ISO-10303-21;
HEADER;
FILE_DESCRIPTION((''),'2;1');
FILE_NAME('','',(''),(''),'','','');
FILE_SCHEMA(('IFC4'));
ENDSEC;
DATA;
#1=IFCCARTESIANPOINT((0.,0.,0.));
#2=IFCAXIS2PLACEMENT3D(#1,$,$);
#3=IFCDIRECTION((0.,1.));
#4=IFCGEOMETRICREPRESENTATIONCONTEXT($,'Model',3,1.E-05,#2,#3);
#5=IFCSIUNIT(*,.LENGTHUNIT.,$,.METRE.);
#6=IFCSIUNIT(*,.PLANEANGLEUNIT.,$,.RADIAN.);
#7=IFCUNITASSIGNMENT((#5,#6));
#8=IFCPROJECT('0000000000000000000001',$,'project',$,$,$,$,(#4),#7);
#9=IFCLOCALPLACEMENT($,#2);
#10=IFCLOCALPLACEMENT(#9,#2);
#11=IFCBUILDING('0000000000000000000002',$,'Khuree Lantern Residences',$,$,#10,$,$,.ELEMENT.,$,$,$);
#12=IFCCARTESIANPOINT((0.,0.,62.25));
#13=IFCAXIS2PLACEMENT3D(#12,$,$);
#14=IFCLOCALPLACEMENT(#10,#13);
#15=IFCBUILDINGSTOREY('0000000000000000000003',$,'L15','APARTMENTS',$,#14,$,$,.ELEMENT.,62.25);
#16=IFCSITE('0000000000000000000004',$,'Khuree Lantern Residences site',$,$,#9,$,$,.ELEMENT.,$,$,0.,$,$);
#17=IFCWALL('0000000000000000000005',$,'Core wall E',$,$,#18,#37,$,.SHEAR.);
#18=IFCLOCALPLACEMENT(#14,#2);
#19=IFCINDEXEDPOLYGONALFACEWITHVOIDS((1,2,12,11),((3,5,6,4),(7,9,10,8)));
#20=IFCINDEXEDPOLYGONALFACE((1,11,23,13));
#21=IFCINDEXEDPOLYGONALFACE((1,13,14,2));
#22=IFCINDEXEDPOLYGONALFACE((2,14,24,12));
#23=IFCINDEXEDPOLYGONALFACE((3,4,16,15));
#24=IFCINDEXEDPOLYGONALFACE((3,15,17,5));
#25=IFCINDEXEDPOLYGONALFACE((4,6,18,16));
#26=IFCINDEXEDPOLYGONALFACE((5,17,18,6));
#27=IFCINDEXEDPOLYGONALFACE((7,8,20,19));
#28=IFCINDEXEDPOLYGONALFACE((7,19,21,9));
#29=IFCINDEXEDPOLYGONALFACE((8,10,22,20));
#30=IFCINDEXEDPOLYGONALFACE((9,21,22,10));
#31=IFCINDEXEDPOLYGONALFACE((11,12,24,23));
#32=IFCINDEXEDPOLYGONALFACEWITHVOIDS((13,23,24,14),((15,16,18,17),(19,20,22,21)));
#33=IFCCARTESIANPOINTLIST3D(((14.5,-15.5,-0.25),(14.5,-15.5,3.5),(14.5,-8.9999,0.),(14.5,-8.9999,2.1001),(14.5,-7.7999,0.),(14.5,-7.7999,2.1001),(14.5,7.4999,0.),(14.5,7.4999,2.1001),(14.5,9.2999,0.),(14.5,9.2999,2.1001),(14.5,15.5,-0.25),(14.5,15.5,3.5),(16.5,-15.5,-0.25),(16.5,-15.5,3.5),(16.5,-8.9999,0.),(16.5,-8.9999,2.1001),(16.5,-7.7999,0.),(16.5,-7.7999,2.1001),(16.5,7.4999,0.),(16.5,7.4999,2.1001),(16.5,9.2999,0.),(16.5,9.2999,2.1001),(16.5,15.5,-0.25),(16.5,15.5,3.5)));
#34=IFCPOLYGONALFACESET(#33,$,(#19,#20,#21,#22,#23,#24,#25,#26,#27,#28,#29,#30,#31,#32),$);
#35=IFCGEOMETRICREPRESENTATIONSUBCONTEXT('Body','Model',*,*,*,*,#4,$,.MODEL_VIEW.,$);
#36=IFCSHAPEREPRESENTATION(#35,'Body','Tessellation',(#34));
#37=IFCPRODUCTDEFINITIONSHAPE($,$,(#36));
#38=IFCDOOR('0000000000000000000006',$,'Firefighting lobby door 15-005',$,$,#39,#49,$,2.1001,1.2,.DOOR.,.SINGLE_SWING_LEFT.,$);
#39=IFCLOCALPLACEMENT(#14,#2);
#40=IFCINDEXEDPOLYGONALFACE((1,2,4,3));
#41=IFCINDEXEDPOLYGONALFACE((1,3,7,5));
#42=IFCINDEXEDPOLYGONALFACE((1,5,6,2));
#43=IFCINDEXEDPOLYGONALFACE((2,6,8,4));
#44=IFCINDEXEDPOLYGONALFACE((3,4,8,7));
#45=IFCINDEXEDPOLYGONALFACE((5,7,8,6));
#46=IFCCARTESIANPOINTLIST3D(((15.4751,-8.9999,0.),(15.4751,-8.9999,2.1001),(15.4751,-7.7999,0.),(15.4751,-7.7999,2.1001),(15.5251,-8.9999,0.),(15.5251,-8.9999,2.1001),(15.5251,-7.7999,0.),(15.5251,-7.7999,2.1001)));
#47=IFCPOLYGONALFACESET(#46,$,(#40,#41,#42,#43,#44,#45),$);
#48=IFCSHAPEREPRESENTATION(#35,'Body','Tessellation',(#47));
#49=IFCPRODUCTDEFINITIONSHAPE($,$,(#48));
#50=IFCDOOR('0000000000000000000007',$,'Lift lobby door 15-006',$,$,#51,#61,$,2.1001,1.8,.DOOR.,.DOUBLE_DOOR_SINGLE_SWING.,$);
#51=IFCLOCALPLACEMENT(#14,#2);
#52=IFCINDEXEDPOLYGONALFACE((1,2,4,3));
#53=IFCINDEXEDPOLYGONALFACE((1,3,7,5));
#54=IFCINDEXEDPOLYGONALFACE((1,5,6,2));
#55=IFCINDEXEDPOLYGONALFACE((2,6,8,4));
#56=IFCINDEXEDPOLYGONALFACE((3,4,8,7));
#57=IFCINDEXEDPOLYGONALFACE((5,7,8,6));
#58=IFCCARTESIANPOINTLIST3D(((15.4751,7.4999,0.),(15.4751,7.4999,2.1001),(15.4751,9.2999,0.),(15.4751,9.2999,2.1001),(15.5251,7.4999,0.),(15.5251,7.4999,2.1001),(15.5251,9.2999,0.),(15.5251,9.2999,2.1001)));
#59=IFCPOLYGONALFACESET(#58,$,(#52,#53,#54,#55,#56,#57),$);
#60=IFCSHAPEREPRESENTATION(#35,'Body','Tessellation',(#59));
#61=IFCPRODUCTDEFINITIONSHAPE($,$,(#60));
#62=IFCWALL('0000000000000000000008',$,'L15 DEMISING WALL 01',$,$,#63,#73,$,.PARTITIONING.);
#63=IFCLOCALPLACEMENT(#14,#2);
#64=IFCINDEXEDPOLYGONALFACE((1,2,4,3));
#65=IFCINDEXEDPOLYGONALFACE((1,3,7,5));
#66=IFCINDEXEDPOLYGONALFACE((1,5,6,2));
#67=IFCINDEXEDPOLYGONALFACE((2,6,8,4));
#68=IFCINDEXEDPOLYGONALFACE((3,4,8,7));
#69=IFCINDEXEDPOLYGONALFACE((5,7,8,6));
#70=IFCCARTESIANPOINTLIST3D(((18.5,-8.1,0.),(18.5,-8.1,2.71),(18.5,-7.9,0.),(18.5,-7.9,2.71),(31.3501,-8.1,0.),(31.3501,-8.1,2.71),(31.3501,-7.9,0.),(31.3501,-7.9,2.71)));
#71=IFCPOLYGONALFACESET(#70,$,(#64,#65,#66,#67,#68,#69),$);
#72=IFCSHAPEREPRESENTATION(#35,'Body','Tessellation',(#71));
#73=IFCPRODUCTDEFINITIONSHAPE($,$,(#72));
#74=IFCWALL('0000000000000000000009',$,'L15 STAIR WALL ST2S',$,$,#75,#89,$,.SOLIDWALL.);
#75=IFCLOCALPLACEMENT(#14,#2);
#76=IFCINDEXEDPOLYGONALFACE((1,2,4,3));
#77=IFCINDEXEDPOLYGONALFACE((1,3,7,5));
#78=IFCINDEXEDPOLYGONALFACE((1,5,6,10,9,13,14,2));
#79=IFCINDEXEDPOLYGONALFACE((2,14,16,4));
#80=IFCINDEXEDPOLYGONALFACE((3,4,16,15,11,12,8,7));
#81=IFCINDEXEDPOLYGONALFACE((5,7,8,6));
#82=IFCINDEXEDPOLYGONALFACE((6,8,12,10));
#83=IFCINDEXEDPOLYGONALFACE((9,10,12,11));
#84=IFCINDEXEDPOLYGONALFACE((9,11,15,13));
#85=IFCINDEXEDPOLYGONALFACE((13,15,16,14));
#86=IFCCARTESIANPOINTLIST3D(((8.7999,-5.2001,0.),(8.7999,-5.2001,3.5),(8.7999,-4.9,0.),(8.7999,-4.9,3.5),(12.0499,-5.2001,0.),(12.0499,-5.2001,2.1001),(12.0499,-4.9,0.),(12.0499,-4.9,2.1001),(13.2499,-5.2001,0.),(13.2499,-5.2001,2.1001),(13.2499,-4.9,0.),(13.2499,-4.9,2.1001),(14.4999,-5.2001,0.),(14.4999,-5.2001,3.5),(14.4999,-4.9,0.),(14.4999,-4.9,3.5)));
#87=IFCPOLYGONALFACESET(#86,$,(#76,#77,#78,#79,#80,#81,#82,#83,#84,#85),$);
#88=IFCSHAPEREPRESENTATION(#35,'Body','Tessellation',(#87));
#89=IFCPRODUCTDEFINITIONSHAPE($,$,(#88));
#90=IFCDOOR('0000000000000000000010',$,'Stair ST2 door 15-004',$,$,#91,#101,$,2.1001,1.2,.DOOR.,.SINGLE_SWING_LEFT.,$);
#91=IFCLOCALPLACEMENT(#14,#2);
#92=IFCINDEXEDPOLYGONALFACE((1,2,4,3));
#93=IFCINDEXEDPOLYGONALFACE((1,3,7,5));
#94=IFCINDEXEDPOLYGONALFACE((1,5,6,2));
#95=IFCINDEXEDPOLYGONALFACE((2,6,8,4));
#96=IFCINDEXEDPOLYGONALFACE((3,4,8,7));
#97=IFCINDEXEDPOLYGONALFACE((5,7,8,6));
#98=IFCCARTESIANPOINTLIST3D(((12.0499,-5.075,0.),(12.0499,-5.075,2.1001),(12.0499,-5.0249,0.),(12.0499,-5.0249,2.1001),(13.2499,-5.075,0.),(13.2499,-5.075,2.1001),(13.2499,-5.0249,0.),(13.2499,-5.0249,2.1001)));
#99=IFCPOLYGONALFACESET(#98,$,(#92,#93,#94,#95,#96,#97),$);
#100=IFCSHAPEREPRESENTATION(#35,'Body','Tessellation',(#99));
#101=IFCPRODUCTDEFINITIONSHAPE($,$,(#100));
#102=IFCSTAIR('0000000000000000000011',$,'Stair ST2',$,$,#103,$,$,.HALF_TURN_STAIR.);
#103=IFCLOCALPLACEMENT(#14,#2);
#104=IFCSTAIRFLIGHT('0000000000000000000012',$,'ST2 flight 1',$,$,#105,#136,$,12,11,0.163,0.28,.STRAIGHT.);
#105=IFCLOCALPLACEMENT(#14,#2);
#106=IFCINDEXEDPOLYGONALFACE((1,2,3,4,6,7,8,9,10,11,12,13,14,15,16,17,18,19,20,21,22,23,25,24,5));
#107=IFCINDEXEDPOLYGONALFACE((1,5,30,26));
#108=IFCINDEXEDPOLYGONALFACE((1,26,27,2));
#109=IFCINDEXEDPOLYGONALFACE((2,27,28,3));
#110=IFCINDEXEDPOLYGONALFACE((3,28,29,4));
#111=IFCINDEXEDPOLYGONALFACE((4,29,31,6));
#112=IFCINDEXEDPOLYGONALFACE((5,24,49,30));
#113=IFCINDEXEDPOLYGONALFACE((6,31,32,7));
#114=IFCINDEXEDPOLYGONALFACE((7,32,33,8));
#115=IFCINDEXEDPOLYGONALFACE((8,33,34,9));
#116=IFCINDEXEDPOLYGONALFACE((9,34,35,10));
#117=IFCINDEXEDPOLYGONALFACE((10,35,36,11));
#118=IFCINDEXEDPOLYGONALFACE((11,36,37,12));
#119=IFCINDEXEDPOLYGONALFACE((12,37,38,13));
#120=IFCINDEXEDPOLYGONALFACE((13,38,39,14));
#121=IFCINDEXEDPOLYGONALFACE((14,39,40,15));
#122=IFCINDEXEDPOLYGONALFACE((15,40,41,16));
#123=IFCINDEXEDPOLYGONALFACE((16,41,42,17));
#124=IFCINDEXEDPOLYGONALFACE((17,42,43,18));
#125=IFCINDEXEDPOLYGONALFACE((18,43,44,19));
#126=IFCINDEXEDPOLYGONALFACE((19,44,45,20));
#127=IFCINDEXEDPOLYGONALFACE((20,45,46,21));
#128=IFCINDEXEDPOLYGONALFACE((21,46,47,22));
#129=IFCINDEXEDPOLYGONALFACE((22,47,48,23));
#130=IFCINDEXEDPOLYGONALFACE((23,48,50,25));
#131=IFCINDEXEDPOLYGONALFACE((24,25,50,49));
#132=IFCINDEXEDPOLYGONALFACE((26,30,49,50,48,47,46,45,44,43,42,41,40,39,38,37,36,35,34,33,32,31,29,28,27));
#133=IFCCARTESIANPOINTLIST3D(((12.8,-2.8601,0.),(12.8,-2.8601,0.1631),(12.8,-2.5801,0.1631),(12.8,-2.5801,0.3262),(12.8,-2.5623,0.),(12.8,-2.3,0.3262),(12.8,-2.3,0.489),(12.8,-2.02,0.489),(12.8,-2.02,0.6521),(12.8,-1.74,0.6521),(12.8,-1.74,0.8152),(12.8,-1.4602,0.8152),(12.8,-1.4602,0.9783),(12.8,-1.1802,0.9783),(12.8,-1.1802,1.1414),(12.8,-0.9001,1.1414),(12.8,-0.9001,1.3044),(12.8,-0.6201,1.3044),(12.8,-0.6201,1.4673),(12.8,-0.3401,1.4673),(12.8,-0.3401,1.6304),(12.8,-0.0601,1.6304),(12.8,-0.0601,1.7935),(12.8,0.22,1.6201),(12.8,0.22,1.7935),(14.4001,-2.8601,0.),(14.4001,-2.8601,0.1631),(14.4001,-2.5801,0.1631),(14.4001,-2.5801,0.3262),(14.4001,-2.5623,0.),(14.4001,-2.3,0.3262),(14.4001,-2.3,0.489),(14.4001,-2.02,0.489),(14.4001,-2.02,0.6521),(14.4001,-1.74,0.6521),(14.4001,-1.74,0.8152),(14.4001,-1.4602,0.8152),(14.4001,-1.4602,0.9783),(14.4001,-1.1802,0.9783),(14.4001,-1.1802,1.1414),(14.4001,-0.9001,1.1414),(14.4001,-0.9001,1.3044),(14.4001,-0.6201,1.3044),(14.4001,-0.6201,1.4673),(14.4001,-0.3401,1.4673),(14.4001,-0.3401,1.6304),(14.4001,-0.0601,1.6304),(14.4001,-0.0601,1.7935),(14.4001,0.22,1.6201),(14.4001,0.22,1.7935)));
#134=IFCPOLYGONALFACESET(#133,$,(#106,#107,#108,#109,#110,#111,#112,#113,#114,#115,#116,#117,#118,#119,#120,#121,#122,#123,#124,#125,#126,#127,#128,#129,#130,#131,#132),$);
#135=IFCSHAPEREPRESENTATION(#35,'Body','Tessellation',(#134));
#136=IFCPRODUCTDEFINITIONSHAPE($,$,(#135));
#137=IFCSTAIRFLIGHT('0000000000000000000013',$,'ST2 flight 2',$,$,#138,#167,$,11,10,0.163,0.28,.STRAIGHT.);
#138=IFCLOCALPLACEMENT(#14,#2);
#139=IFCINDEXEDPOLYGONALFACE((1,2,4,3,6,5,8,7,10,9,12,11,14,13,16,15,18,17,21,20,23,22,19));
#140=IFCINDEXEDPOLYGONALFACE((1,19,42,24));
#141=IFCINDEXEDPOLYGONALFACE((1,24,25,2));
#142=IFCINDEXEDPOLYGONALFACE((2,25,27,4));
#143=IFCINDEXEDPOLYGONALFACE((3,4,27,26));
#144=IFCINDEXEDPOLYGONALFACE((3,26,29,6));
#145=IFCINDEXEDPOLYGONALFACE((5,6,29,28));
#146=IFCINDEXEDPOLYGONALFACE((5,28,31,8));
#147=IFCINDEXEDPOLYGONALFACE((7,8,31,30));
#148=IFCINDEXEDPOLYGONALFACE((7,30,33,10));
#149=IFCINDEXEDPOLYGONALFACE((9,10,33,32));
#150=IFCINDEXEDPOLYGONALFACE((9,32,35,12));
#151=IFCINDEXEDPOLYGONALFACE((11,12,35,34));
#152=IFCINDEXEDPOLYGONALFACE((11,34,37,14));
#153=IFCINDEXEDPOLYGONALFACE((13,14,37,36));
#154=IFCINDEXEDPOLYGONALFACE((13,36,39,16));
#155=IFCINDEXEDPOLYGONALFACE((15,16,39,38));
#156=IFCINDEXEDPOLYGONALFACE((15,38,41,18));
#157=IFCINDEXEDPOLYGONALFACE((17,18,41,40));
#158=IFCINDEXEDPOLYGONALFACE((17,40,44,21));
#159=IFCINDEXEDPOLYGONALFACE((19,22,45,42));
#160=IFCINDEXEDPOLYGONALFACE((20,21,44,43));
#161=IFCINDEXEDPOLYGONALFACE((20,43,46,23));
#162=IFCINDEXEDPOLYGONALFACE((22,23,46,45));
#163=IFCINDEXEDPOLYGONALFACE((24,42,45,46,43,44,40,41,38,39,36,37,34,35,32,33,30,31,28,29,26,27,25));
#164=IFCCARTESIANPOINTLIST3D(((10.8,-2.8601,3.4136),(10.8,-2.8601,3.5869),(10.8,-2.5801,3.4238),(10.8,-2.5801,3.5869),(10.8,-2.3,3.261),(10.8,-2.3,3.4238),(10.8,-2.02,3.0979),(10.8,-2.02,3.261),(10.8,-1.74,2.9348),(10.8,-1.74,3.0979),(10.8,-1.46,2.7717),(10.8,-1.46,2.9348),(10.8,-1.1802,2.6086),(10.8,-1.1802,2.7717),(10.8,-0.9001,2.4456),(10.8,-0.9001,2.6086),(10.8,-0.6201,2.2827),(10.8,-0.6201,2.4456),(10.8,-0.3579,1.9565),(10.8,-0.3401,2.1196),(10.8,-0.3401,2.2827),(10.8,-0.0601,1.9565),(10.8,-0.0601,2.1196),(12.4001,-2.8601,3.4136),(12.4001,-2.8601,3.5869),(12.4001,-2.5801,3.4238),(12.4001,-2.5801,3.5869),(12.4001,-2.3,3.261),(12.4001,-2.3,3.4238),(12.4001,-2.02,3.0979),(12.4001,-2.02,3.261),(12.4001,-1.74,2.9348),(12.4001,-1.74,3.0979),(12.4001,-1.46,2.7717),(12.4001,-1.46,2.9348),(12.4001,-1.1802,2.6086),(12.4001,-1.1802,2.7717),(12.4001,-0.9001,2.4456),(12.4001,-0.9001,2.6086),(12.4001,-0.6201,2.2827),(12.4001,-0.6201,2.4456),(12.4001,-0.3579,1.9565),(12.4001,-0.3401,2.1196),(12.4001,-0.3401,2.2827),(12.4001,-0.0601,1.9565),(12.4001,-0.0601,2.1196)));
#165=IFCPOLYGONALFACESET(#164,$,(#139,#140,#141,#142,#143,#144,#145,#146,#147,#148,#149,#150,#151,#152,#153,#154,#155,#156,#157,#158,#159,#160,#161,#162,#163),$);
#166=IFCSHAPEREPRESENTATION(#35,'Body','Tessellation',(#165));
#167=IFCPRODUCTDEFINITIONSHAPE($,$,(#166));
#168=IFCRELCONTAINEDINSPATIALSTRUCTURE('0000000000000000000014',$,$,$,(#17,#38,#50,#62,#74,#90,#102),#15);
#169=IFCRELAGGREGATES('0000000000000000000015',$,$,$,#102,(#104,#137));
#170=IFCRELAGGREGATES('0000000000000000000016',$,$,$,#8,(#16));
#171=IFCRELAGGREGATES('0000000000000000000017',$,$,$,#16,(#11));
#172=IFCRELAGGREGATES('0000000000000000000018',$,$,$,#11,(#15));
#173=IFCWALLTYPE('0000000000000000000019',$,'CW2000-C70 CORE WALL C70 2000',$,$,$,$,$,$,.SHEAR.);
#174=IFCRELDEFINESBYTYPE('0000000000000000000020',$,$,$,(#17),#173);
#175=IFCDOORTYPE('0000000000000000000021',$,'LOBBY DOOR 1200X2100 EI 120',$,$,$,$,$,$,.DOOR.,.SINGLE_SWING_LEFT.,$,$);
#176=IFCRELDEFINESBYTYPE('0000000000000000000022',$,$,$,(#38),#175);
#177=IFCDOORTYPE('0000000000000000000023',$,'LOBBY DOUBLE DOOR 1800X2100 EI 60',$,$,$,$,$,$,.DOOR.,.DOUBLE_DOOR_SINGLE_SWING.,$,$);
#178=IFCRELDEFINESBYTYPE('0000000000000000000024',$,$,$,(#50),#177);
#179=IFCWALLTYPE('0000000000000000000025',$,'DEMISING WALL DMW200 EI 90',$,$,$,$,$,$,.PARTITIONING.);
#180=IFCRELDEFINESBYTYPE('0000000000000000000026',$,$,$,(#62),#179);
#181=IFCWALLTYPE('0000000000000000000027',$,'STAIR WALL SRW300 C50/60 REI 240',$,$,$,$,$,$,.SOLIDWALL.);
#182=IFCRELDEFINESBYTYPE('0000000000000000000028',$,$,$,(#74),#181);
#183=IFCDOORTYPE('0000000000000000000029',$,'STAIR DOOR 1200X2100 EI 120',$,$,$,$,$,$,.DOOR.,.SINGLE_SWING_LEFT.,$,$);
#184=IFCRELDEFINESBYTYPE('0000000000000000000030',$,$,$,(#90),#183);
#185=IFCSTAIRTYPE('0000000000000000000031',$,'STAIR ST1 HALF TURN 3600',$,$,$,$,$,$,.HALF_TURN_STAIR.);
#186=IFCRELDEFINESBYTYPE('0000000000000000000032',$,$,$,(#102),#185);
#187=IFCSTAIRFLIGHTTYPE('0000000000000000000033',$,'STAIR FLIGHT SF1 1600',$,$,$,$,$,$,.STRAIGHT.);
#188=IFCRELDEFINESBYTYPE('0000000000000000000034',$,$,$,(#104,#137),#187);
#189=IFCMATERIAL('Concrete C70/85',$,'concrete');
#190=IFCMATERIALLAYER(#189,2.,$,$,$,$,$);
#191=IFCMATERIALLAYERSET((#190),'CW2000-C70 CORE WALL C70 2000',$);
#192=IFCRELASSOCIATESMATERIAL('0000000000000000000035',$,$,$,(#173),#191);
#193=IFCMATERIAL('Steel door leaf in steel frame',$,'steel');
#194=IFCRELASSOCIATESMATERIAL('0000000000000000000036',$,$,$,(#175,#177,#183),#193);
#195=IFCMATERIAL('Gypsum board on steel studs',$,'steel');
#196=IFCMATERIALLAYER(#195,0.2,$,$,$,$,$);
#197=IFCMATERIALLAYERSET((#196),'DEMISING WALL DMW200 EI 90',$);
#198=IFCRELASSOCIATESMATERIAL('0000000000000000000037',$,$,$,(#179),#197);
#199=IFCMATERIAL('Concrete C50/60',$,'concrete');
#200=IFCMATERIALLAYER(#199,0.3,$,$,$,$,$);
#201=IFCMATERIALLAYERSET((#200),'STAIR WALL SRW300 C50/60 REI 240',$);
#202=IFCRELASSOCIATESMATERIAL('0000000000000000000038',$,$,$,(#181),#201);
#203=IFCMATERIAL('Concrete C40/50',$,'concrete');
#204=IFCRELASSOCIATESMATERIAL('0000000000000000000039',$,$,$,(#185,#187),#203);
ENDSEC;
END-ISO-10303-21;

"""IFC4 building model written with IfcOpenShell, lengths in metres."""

from ifc_helpers import new_model, si_unit, direction, frame, frame_2d, origin, place, context, subcontext, project, spatial, polyline, rectangle, outline, extrude, material, layer, layer_set, type_object, element, fill, aggregate, save


model = new_model("IFC4")

# Units and contexts
model_context = context("Model", 3, precision=1e-05, world=origin(), true_north=direction((0.0, 1.0)))
body_context = subcontext(model_context, "Body", "Model", "MODEL_VIEW")
ifc_project = project(units=[si_unit("LENGTHUNIT", "METRE"), si_unit("PLANEANGLEUNIT", "RADIAN")], contexts=[model_context])

# Site, building, storey
site_placement = place(None, origin())
site = spatial("IfcSite", under=ifc_project, at=site_placement, Name="Khuree Lantern Residences site", CompositionType="ELEMENT", RefElevation=0.0)
building_placement = place(site_placement, origin())
building = spatial("IfcBuilding", under=site, at=building_placement, Name="Khuree Lantern Residences", CompositionType="ELEMENT")
storey_placement = place(building_placement, frame((0.0, 0.0, 62.25)))
storey = spatial("IfcBuildingStorey", under=building, at=storey_placement, Name="L15", Description="APARTMENTS", CompositionType="ELEMENT", Elevation=62.25)

# Shared definitions
ifc_material_1 = material(Name="Concrete C70/85", Category="concrete")

# Shared definitions
ifc_material_2 = material(Name="Gypsum board on steel studs", Category="steel")

# Wall, openings, doors
ifc_layer_1 = layer(ifc_material_1, 2.0)
ifc_layer_set_1 = layer_set([ifc_layer_1], Name="CW2000-C70 CORE WALL C70 2000")
wall_type_1 = type_object("IfcWallType", Name="CW2000-C70 CORE WALL C70 2000", PredefinedType="SHEAR", material=ifc_layer_set_1)
wall_1_placement = place(storey_placement, frame((15.5, -15.5, -0.25), z_axis=(0.0, 0.0, 1.0), x_axis=(0.0, 1.0, 0.0)))
wall_1 = element("IfcWall", 1, at=wall_1_placement, inside=storey, type_object=wall_type_1, Name="Core wall E", PredefinedType="SHEAR", context=body_context, shape_type="SweptSolid", body=[
    extrude(rectangle(XDim=31.0, YDim=2.0, at=frame_2d((15.5, 0.0))), origin(), (0.0, 0.0, 1.0), 3.75),
])
opening_1_placement = place(wall_1_placement, frame((6.5, 0.0, 0.25)))
opening_1 = element("IfcOpeningElement", 2, at=opening_1_placement, cuts=wall_1, PredefinedType="OPENING", context=body_context, shape_type="SweptSolid", body=[
    extrude(rectangle(XDim=1.2, YDim=2.1001, at=frame_2d((0.6001, 1.05))), frame((0.0, 1.01, 0.0), z_axis=(0.0, -1.0, 0.0), x_axis=(1.0, 0.0, 0.0)), (0.0, 0.0, 1.0), 2.02),
])
opening_2_placement = place(wall_1_placement, frame((23.0, 0.0, 0.25)))
opening_2 = element("IfcOpeningElement", 3, at=opening_2_placement, cuts=wall_1, PredefinedType="OPENING", context=body_context, shape_type="SweptSolid", body=[
    extrude(rectangle(XDim=1.8, YDim=2.1001, at=frame_2d((0.8999, 1.05))), frame((0.0, 1.01, 0.0), z_axis=(0.0, -1.0, 0.0), x_axis=(1.0, 0.0, 0.0)), (0.0, 0.0, 1.0), 2.02),
])
ifc_material_3 = material(Name="Steel door leaf in steel frame", Category="steel")
door_type_1 = type_object("IfcDoorType", Name="LOBBY DOOR 1200X2100 EI 120", OperationType="SINGLE_SWING_LEFT", PredefinedType="DOOR", material=ifc_material_3)
door_1_placement = place(opening_1_placement, origin())
door_1 = element("IfcDoor", 4, at=door_1_placement, inside=storey, type_object=door_type_1, Name="Firefighting lobby door 15-005", OperationType="SINGLE_SWING_LEFT", OverallHeight=2.1001, OverallWidth=1.2, PredefinedType="DOOR", context=body_context, shape_type="SweptSolid", body=[
    extrude(rectangle(XDim=1.2, YDim=2.1001, at=frame_2d((0.6001, 1.05))), frame((0.0, 0.0249, 0.0), z_axis=(0.0, -1.0, 0.0), x_axis=(1.0, 0.0, 0.0)), (0.0, 0.0, 1.0), 0.05),
])
fill(opening_1, door_1)
door_type_2 = type_object("IfcDoorType", Name="LOBBY DOUBLE DOOR 1800X2100 EI 60", OperationType="DOUBLE_DOOR_SINGLE_SWING", PredefinedType="DOOR", material=ifc_material_3)
door_2_placement = place(opening_2_placement, origin())
door_2 = element("IfcDoor", 5, at=door_2_placement, inside=storey, type_object=door_type_2, Name="Lift lobby door 15-006", OperationType="DOUBLE_DOOR_SINGLE_SWING", OverallHeight=2.1001, OverallWidth=1.8, PredefinedType="DOOR", context=body_context, shape_type="SweptSolid", body=[
    extrude(rectangle(XDim=1.8, YDim=2.1001, at=frame_2d((0.8999, 1.05))), frame((0.0, 0.0249, 0.0), z_axis=(0.0, -1.0, 0.0), x_axis=(1.0, 0.0, 0.0)), (0.0, 0.0, 1.0), 0.05),
])
fill(opening_2, door_2)

# Wall
ifc_layer_2 = layer(ifc_material_2, 0.2)
ifc_layer_set_2 = layer_set([ifc_layer_2], Name="DEMISING WALL DMW200 EI 90")
wall_type_2 = type_object("IfcWallType", Name="DEMISING WALL DMW200 EI 90", PredefinedType="PARTITIONING", material=ifc_layer_set_2)
wall_2_placement = place(storey_placement, frame((18.5, -8.0, 0.0), z_axis=(0.0, 0.0, 1.0), x_axis=(1.0, 0.0, 0.0)))
element("IfcWall", 6, at=wall_2_placement, inside=storey, type_object=wall_type_2, Name="L15 DEMISING WALL 01", PredefinedType="PARTITIONING", context=body_context, shape_type="SweptSolid", body=[
    extrude(rectangle(XDim=12.8501, YDim=0.2, at=frame_2d((6.425, 0.0))), origin(), (0.0, 0.0, 1.0), 2.71),
])

# Wall, opening, door
ifc_material_4 = material(Name="Concrete C50/60", Category="concrete")
ifc_layer_3 = layer(ifc_material_4, 0.3)
ifc_layer_set_3 = layer_set([ifc_layer_3], Name="STAIR WALL SRW300 C50/60 REI 240")
wall_type_3 = type_object("IfcWallType", Name="STAIR WALL SRW300 C50/60 REI 240", PredefinedType="SOLIDWALL", material=ifc_layer_set_3)
wall_3_placement = place(storey_placement, frame((14.5, -5.05, 0.0), z_axis=(0.0, 0.0, 1.0), x_axis=(-1.0, 0.0, 0.0)))
wall_3 = element("IfcWall", 7, at=wall_3_placement, inside=storey, type_object=wall_type_3, Name="L15 STAIR WALL ST2S", PredefinedType="SOLIDWALL", context=body_context, shape_type="SweptSolid", body=[
    extrude(rectangle(XDim=5.7, YDim=0.3, at=frame_2d((2.8501, 0.0))), origin(), (0.0, 0.0, 1.0), 3.5),
])
opening_3_placement = place(wall_3_placement, frame((1.25, 0.0, 0.0)))
opening_3 = element("IfcOpeningElement", 8, at=opening_3_placement, cuts=wall_3, PredefinedType="OPENING", context=body_context, shape_type="SweptSolid", body=[
    extrude(rectangle(XDim=1.2, YDim=2.1001, at=frame_2d((0.6001, 1.05))), frame((0.0, 0.1602, 0.0), z_axis=(0.0, -1.0, 0.0), x_axis=(1.0, 0.0, 0.0)), (0.0, 0.0, 1.0), 0.3201),
])
door_type_3 = type_object("IfcDoorType", Name="STAIR DOOR 1200X2100 EI 120", OperationType="SINGLE_SWING_LEFT", PredefinedType="DOOR", material=ifc_material_3)
door_3_placement = place(opening_3_placement, origin())
door_3 = element("IfcDoor", 9, at=door_3_placement, inside=storey, type_object=door_type_3, Name="Stair ST2 door 15-004", OperationType="SINGLE_SWING_LEFT", OverallHeight=2.1001, OverallWidth=1.2, PredefinedType="DOOR", context=body_context, shape_type="SweptSolid", body=[
    extrude(rectangle(XDim=1.2, YDim=2.1001, at=frame_2d((0.6001, 1.05))), frame((0.0, 0.0249, 0.0), z_axis=(0.0, -1.0, 0.0), x_axis=(1.0, 0.0, 0.0)), (0.0, 0.0, 1.0), 0.05),
])
fill(opening_3, door_3)

# Stair, stair flights
ifc_material_5 = material(Name="Concrete C40/50", Category="concrete")
stair_type = type_object("IfcStairType", Name="STAIR ST1 HALF TURN 3600", PredefinedType="HALF_TURN_STAIR", material=ifc_material_5)
stair_placement = place(storey_placement, origin())
stair = element("IfcStair", 10, at=stair_placement, inside=storey, type_object=stair_type, Name="Stair ST2", PredefinedType="HALF_TURN_STAIR")
stair_flight_type = type_object("IfcStairFlightType", Name="STAIR FLIGHT SF1 1600", PredefinedType="STRAIGHT", material=ifc_material_5)
stair_flight_1_placement = place(storey_placement, frame((13.6001, -2.8601, 0.0), z_axis=(0.0, 0.0, 1.0), x_axis=(0.0, 1.0, 0.0)))
stair_flight_1 = element("IfcStairFlight", 11, at=stair_flight_1_placement, type_object=stair_flight_type, Name="ST2 flight 1", NumberOfRisers=12, NumberOfTreads=11, PredefinedType="STRAIGHT", RiserHeight=0.163, TreadLength=0.28, context=body_context, shape_type="SweptSolid", body=[
    extrude(outline(polyline([(0.0, 0.0), (0.0, 0.1631), (0.28, 0.1631), (0.28, 0.3262), (0.5601, 0.3262), (0.5601, 0.489), (0.8401, 0.489), (0.8401, 0.6521), (1.1201, 0.6521), (1.1201, 0.8152), (1.3999, 0.8152), (1.3999, 0.9783), (1.6799, 0.9783), (1.6799, 1.1414), (1.96, 1.1414), (1.96, 1.3044), (2.24, 1.3044), (2.24, 1.4673), (2.52, 1.4673), (2.52, 1.6304), (2.8, 1.6304), (2.8, 1.7935), (3.0801, 1.7935), (3.0801, 1.9565), (3.0801, 1.6201), (0.2979, 0.0), (0.0, 0.0)])), frame((0.0, 0.8, 0.0), z_axis=(0.0, -1.0, 0.0), x_axis=(1.0, 0.0, 0.0)), (0.0, 0.0, 1.0), 1.6001),
])
stair_flight_2_placement = place(storey_placement, frame((11.6001, -0.0601, 1.9565), z_axis=(0.0, 0.0, 1.0), x_axis=(0.0, -1.0, 0.0)))
stair_flight_2 = element("IfcStairFlight", 12, at=stair_flight_2_placement, type_object=stair_flight_type, Name="ST2 flight 2", NumberOfRisers=11, NumberOfTreads=10, PredefinedType="STRAIGHT", RiserHeight=0.163, TreadLength=0.28, context=body_context, shape_type="SweptSolid", body=[
    extrude(outline(polyline([(0.0, 0.0), (0.0, 0.1631), (0.28, 0.1631), (0.28, 0.3262), (0.5601, 0.3262), (0.5601, 0.489), (0.8401, 0.489), (0.8401, 0.6521), (1.1201, 0.6521), (1.1201, 0.8152), (1.3999, 0.8152), (1.3999, 0.9783), (1.6799, 0.9783), (1.6799, 1.1414), (1.96, 1.1414), (1.96, 1.3044), (2.24, 1.3044), (2.24, 1.4673), (2.52, 1.4673), (2.52, 1.6304), (2.8, 1.6304), (2.8, 1.7935), (2.8, 1.457), (0.2979, 0.0), (0.0, 0.0)])), frame((0.0, 0.8, 0.0), z_axis=(0.0, -1.0, 0.0), x_axis=(1.0, 0.0, 0.0)), (0.0, 0.0, 1.0), 1.6001),
])
aggregate(stair, [stair_flight_1, stair_flight_2])

save(model, "model.ifc")
